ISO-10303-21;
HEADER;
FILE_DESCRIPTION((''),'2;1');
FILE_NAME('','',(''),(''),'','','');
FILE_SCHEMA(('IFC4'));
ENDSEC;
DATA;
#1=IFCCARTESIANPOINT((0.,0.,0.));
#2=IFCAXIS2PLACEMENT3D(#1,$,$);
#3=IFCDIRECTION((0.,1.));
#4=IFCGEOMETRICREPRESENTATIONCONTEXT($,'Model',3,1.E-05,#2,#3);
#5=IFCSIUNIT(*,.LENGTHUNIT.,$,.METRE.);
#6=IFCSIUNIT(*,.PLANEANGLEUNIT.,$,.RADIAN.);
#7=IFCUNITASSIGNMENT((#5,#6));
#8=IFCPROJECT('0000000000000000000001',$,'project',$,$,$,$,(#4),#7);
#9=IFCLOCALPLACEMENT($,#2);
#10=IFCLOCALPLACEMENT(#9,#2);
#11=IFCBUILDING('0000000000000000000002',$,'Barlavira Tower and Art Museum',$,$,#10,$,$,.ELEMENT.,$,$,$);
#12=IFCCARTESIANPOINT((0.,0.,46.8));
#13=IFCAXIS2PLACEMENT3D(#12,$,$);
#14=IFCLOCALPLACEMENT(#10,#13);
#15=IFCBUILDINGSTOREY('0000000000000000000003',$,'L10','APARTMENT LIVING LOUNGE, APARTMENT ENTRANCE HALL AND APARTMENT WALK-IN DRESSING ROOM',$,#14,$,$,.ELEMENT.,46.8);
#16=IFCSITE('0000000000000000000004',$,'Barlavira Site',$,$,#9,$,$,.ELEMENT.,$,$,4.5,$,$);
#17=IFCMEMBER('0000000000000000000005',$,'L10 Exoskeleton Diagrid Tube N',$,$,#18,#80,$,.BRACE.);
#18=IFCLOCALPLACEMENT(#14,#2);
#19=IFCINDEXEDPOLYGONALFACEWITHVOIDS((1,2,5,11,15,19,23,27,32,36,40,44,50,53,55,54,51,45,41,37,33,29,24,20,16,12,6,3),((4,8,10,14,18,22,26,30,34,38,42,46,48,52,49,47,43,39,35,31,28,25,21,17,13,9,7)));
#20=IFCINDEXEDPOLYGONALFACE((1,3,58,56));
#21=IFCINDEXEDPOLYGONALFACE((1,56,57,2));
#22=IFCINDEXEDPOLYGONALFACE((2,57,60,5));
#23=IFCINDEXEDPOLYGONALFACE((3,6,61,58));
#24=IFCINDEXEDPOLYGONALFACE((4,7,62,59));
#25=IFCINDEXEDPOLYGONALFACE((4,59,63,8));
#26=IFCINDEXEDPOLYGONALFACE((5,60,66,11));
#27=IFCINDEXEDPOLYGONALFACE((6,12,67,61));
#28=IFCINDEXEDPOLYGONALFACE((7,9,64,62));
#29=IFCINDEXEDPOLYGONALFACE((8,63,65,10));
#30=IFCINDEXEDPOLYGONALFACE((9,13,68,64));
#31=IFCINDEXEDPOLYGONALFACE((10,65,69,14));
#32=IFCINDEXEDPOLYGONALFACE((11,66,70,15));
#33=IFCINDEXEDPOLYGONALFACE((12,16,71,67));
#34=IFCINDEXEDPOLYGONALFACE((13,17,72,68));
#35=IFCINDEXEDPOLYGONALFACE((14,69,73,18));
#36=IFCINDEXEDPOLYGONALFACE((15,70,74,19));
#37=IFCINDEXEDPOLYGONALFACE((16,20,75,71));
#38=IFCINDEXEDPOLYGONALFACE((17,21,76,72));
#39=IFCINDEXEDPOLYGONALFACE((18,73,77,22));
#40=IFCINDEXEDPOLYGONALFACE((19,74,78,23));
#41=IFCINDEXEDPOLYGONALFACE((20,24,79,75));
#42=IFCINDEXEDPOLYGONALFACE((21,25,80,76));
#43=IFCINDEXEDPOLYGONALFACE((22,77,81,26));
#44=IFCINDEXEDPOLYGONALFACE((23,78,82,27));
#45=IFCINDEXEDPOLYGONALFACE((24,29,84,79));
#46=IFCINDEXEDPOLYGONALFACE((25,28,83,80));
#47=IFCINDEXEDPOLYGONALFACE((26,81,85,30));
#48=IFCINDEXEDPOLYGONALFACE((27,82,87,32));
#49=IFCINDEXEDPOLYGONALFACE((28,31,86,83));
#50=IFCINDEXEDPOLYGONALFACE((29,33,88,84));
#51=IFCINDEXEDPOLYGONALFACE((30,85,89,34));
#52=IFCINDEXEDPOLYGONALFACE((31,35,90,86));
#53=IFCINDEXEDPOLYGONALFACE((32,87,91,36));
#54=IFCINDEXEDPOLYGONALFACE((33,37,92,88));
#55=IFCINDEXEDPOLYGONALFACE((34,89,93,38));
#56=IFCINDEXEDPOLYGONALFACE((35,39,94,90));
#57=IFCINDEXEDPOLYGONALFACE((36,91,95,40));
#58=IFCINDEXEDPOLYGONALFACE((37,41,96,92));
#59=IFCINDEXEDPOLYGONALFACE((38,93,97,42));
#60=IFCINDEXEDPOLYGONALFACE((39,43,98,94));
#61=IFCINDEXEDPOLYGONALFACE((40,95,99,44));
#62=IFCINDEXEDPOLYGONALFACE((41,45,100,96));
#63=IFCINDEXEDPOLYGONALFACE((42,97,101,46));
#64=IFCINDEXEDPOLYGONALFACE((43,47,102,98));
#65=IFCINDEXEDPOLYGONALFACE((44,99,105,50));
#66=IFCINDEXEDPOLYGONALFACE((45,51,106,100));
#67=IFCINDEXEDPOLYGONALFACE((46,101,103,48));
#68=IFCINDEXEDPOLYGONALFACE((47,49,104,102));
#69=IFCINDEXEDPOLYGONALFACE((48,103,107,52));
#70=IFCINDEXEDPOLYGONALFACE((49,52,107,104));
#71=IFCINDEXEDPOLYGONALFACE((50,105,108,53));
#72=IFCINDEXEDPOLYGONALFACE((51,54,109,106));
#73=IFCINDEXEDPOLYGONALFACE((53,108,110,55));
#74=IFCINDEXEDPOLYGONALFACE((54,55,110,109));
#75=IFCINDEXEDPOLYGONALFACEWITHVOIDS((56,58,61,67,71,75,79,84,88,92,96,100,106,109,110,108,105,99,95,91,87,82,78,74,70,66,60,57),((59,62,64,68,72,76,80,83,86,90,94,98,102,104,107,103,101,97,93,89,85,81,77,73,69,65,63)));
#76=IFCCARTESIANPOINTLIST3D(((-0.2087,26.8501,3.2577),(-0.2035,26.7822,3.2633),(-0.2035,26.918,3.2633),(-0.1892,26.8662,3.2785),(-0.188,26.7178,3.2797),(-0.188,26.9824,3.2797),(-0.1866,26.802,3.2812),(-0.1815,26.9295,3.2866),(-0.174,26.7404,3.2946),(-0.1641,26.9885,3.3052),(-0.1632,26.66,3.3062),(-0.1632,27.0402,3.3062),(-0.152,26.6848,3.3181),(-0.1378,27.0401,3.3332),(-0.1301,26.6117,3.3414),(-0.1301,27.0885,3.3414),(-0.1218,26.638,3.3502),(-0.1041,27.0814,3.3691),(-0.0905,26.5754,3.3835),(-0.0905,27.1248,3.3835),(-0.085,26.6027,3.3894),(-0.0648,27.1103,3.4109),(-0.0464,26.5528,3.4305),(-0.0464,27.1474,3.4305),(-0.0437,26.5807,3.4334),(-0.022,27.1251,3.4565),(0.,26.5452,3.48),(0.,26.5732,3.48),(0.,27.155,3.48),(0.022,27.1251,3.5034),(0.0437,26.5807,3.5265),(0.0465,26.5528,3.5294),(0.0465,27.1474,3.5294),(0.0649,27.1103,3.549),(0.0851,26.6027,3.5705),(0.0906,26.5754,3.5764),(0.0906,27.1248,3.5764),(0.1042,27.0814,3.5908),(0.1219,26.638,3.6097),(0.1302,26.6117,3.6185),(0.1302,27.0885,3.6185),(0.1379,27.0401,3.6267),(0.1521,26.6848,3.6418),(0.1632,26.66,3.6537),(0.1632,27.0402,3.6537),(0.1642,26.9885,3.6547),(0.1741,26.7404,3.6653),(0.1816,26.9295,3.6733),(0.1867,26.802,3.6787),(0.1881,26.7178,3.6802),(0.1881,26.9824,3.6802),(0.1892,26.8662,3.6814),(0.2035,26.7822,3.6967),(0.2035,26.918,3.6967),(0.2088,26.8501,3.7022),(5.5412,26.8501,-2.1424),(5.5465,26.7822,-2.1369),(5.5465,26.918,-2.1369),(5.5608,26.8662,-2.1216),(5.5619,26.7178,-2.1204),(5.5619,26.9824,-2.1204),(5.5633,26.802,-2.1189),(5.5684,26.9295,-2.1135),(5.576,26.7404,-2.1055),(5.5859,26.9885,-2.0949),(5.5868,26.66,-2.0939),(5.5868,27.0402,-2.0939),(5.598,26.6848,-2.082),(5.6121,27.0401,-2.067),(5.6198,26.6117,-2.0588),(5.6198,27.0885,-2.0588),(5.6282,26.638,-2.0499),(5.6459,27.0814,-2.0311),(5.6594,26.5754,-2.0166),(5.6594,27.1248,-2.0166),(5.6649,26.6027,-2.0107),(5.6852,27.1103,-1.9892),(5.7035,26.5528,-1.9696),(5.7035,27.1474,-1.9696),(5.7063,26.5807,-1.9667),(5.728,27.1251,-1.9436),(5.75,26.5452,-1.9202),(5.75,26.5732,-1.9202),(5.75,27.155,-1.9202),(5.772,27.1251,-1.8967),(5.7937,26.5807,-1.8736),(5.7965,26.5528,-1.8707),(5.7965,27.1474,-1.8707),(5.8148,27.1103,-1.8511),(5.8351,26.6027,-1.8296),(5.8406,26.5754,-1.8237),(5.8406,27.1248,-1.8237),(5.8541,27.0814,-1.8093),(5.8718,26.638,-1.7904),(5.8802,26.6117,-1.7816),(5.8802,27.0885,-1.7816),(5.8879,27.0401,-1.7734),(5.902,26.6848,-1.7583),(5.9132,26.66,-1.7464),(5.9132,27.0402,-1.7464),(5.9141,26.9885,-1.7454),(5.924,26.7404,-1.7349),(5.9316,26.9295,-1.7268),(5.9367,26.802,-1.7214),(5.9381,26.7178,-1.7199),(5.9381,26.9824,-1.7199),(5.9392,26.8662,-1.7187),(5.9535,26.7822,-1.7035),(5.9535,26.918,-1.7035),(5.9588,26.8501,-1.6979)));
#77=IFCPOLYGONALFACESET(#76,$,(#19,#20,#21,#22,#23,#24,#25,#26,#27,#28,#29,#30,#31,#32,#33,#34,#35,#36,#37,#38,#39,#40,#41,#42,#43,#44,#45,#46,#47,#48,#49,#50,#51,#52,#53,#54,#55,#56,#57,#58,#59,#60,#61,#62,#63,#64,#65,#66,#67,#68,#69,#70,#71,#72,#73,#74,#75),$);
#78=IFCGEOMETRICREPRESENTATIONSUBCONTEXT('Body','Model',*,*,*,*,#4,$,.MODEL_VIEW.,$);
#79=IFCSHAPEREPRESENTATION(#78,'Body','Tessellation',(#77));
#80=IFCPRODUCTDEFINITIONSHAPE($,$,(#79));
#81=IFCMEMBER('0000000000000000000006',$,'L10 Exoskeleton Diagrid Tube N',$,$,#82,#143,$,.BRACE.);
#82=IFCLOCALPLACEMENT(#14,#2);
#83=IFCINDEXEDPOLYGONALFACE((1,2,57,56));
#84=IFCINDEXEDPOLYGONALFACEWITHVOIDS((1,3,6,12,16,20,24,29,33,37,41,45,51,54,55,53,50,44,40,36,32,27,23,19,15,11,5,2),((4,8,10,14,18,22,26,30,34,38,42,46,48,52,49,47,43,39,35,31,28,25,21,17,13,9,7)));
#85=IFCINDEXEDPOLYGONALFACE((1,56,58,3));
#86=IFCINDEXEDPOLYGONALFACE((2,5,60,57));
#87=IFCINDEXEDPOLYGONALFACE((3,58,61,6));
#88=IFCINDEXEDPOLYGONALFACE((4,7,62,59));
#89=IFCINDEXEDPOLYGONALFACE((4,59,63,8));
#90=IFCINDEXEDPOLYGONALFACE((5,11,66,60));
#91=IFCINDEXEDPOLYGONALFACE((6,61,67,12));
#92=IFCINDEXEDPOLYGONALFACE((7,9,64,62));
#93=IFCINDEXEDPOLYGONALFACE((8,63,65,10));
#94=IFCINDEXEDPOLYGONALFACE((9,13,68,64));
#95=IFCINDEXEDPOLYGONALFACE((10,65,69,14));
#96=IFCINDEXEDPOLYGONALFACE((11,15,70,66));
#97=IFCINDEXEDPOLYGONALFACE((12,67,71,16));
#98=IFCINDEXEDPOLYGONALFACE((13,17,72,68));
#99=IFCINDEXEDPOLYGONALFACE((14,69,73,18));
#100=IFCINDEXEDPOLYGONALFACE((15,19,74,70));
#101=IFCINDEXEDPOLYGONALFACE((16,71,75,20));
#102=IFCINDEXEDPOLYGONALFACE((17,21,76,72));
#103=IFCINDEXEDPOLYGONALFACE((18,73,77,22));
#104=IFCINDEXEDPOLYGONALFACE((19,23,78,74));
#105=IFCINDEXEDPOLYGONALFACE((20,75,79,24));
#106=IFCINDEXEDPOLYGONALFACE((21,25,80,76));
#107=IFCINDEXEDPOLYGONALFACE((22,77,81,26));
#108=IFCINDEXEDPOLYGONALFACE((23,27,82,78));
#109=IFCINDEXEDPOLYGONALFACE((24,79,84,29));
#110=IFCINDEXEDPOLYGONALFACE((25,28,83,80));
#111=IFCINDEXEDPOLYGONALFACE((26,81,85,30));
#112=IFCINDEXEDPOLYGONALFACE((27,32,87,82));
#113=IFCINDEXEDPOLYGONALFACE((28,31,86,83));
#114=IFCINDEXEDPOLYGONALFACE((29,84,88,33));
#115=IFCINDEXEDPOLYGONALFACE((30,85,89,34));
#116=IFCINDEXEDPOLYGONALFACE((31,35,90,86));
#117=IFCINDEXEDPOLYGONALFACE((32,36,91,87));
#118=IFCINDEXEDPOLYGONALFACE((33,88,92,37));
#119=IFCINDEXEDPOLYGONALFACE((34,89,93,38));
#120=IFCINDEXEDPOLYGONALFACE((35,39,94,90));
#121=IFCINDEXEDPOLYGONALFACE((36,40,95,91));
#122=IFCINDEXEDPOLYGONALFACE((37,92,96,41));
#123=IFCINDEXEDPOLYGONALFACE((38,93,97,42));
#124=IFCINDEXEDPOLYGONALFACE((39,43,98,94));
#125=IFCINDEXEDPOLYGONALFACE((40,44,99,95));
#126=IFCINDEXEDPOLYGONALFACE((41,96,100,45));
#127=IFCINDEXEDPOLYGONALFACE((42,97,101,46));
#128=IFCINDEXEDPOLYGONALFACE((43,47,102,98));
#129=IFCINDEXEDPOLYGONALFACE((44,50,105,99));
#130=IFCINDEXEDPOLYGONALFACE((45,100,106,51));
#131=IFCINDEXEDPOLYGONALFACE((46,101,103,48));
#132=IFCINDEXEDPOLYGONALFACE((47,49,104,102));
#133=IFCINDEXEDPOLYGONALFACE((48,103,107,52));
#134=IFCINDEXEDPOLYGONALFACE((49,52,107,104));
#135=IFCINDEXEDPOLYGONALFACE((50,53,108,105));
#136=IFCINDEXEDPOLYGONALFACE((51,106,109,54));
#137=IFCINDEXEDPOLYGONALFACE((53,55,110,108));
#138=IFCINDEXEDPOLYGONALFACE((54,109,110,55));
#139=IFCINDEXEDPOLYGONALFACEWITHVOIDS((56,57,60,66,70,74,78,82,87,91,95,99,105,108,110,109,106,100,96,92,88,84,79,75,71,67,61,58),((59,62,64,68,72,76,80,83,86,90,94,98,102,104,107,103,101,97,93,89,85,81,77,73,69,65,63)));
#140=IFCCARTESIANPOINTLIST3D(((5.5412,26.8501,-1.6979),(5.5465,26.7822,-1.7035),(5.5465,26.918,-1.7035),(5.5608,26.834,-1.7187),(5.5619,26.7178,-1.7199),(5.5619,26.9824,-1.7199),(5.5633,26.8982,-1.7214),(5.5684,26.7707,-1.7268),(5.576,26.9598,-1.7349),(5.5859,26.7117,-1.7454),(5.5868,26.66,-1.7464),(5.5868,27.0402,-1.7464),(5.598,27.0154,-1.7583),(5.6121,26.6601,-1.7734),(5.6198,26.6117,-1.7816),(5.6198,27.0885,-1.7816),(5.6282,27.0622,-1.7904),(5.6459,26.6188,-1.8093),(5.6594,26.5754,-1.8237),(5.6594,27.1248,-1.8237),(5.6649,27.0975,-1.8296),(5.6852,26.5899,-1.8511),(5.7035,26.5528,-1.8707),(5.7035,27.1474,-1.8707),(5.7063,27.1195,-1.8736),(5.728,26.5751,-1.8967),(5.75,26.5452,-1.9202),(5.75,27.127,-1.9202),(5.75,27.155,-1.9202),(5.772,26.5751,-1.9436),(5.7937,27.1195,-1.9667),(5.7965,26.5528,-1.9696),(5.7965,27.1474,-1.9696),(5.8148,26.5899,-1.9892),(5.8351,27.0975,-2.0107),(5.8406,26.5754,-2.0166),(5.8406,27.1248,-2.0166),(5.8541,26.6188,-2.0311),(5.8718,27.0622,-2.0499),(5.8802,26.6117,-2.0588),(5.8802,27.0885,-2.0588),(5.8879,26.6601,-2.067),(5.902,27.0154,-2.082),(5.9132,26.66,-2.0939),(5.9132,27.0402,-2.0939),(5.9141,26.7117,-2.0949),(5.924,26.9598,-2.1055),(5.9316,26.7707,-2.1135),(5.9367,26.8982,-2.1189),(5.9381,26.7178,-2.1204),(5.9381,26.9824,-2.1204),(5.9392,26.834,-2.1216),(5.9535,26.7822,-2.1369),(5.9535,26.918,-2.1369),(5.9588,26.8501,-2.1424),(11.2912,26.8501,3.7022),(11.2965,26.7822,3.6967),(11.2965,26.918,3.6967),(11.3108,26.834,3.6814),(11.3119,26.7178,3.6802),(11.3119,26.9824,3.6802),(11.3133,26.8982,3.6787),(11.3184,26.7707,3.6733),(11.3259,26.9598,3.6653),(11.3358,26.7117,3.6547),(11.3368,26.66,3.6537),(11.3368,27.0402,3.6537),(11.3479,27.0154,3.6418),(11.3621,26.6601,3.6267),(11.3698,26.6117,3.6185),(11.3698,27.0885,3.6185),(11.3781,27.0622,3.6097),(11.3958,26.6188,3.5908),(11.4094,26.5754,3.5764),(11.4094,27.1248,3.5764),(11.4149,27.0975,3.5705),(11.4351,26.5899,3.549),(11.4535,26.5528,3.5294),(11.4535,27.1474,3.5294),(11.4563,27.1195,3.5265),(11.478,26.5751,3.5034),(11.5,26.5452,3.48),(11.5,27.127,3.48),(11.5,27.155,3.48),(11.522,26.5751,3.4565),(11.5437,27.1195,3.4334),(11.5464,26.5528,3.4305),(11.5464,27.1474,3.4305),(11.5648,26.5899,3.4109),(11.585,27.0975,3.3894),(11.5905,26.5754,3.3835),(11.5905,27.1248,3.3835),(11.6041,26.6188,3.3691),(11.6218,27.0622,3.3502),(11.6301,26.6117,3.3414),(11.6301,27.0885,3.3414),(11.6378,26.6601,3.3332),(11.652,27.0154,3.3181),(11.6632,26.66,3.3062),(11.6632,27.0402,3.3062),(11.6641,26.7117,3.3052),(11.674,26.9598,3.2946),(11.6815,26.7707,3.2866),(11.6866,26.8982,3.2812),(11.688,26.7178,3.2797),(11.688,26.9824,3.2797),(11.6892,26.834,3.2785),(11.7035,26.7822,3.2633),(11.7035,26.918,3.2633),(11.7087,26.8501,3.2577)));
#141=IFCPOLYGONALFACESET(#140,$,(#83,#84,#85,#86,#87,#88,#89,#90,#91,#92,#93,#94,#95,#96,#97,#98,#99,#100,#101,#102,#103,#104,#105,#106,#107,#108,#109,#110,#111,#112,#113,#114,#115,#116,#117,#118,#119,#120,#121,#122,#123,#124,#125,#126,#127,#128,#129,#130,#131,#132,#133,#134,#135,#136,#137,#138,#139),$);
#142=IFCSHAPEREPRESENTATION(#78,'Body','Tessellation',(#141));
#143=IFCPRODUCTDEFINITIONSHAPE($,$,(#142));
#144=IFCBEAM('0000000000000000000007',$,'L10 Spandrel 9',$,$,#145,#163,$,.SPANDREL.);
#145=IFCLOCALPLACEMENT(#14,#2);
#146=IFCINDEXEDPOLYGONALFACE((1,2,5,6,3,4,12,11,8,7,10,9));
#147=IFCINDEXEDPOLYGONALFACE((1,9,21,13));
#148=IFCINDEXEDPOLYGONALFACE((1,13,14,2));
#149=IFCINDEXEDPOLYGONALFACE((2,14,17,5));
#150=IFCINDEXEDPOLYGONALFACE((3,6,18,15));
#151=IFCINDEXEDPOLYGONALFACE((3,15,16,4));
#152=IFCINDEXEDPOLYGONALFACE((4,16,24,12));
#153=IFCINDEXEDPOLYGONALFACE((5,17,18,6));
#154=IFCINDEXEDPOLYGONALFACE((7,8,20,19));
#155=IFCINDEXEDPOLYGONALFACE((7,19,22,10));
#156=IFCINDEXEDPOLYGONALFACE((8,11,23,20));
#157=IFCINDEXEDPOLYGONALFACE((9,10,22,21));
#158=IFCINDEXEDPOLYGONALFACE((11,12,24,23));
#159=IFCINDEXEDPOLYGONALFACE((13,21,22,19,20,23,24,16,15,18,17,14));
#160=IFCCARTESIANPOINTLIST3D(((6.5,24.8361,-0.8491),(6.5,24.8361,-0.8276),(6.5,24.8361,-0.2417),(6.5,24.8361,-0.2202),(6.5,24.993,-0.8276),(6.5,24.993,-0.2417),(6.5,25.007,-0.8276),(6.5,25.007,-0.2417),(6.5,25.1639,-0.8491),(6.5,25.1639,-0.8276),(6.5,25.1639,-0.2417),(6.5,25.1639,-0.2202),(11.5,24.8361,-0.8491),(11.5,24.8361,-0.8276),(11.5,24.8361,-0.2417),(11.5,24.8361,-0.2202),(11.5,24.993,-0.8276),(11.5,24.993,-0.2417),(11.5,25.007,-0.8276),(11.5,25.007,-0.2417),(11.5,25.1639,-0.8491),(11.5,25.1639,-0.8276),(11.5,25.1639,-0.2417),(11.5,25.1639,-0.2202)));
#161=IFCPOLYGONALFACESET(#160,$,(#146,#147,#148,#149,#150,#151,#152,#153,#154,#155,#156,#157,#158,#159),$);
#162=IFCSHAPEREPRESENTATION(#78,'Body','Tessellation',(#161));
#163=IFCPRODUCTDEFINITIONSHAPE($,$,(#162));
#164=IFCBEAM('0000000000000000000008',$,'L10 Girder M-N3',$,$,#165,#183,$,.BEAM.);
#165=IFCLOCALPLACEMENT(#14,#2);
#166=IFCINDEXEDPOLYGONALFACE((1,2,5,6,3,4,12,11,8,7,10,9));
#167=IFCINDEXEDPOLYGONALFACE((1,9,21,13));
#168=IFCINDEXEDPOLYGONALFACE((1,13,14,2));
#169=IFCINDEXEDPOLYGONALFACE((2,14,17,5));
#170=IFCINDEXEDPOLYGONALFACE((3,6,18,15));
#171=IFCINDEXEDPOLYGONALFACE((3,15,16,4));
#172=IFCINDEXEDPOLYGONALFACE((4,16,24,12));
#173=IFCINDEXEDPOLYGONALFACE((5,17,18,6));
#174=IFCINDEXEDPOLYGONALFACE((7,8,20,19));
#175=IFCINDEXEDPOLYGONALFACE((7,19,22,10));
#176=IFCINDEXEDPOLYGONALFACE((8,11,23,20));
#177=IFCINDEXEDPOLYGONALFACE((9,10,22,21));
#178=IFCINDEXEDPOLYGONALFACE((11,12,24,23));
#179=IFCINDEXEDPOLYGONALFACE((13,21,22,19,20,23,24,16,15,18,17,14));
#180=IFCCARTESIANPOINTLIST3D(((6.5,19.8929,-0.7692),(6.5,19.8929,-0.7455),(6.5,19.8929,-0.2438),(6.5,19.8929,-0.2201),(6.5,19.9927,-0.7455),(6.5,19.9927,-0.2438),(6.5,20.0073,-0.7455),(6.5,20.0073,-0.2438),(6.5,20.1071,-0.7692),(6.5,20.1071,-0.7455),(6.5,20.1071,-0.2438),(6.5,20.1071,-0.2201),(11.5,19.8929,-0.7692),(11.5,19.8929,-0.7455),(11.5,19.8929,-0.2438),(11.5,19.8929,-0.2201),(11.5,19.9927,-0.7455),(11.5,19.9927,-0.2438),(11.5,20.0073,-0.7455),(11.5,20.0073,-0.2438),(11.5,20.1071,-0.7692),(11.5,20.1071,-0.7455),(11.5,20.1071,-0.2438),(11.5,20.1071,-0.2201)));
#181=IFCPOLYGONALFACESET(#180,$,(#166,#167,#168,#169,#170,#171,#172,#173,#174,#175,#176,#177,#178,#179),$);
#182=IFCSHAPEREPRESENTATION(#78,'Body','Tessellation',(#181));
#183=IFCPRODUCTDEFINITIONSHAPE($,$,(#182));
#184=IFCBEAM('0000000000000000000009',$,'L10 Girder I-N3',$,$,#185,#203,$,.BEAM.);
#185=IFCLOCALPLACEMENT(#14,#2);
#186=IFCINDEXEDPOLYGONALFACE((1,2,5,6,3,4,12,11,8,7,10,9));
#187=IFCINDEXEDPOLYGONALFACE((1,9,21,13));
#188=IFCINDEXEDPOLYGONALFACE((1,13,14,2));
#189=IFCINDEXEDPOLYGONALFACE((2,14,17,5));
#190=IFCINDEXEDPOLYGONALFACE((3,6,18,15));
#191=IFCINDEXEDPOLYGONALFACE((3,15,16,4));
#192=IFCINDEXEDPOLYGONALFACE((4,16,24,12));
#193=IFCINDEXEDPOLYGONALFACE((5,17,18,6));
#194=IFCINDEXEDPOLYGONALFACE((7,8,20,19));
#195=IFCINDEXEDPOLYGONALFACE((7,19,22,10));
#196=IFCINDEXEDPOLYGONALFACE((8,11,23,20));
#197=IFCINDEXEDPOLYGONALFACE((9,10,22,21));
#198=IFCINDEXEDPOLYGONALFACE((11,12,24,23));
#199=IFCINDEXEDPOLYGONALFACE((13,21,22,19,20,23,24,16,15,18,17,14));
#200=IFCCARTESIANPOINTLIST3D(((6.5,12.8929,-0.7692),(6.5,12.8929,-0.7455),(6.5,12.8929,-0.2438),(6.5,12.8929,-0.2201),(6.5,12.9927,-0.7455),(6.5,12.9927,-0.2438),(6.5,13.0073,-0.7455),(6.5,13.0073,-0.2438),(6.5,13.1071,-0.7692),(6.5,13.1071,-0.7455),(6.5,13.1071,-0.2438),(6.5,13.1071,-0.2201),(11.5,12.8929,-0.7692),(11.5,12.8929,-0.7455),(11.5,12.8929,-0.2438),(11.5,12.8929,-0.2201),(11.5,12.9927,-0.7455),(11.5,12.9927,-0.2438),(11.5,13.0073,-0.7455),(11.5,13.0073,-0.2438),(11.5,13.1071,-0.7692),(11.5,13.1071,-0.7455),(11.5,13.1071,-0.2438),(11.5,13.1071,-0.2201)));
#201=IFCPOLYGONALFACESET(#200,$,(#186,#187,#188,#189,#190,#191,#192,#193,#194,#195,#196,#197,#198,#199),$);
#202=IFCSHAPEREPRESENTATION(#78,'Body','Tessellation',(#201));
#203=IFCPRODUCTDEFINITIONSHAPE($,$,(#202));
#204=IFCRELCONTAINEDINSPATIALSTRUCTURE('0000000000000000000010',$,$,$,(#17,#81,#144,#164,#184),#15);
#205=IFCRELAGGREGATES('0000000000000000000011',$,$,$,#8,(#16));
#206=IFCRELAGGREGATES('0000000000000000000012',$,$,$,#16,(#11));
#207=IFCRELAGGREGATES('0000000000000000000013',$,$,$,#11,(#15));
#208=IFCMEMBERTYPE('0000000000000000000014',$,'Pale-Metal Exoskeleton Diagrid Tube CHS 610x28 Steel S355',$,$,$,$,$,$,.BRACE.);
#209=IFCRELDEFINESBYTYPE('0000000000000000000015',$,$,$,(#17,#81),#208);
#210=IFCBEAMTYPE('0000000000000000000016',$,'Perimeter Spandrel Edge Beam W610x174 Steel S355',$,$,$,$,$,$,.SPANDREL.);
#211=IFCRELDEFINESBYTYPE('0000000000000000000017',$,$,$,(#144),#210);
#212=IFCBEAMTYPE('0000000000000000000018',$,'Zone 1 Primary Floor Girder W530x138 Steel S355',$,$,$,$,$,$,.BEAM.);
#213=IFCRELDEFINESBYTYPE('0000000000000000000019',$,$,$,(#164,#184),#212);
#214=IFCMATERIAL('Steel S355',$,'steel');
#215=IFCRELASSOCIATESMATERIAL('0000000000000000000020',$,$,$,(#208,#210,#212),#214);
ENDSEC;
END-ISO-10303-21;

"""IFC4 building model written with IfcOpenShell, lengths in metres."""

from ifc_helpers import new_model, si_unit, direction, frame, origin, origin_2d, place, context, subcontext, project, spatial, hollow_circle, i_section, extrude, material, material_profile, profile_set, type_object, element, save


model = new_model("IFC4")

# Units and contexts
model_context = context("Model", 3, precision=1e-05, world=origin(), true_north=direction((0.0, 1.0)))
body_context = subcontext(model_context, "Body", "Model", "MODEL_VIEW")
ifc_project = project(units=[si_unit("LENGTHUNIT", "METRE"), si_unit("PLANEANGLEUNIT", "RADIAN")], contexts=[model_context])

# Site, building, storey
site_placement = place(None, origin())
site = spatial("IfcSite", under=ifc_project, at=site_placement, Name="Barlavira Site", CompositionType="ELEMENT", RefElevation=4.5)
building_placement = place(site_placement, origin())
building = spatial("IfcBuilding", under=site, at=building_placement, Name="Barlavira Tower and Art Museum", CompositionType="ELEMENT")
storey_placement = place(building_placement, frame((0.0, 0.0, 46.8)))
storey = spatial("IfcBuildingStorey", under=building, at=storey_placement, Name="L10", Description="APARTMENT LIVING LOUNGE, APARTMENT ENTRANCE HALL AND APARTMENT WALK-IN DRESSING ROOM", CompositionType="ELEMENT", Elevation=46.8)

# Members
ifc_material_1 = material(Name="Steel S355", Category="steel")
ifc_material_profile_1 = material_profile(ifc_material_1, hollow_circle(Radius=0.3049, WallThickness=0.0281, at=origin_2d()), Name="CHS 610.0x28.0")
ifc_profile_set_1 = profile_set([ifc_material_profile_1], Name="Steel S355")
member_type_1 = type_object("IfcMemberType", Name="Pale-Metal Exoskeleton Diagrid Tube CHS 610x28 Steel S355", PredefinedType="BRACE", material=ifc_profile_set_1)
for number, where, z_axis, x_axis, name in (
    (1, (5.75, 26.8501, -1.9202), (-0.728935, 0.0, 0.684583), (0.0, -1.0, 0.0), "L10 Exoskeleton Diagrid Tube N"),
    (2, (5.75, 26.8501, -1.9202), (0.728935, 0.0, 0.684583), (0.0, 1.0, 0.0), "L10 Exoskeleton Diagrid Tube N"),
):
    element("IfcMember", number, at=place(storey_placement, frame(where, z_axis=z_axis, x_axis=x_axis)), inside=storey, type_object=member_type_1, Name=name, PredefinedType="BRACE", context=body_context, shape_type="SweptSolid", body=[
        extrude(hollow_circle(Radius=0.3049, WallThickness=0.0281, at=origin_2d()), origin(), (0.0, 0.0, 1.0), 7.8882),
    ])

# Beams
ifc_material_profile_2 = material_profile(ifc_material_1, i_section(OverallWidth=0.3279, OverallDepth=0.6289, WebThickness=0.0139, FlangeThickness=0.0215, at=origin_2d()), Name="W610x174.0")
ifc_profile_set_2 = profile_set([ifc_material_profile_2], Name="Steel S355")
beam_type_1 = type_object("IfcBeamType", Name="Perimeter Spandrel Edge Beam W610x174 Steel S355", PredefinedType="SPANDREL", material=ifc_profile_set_2)
beam_placement = place(storey_placement, frame((6.5, 25.0, -0.5347), z_axis=(1.0, 0.0, 0.0), x_axis=(0.0, 1.0, 0.0)))
element("IfcBeam", 3, at=beam_placement, inside=storey, type_object=beam_type_1, Name="L10 Spandrel 9", PredefinedType="SPANDREL", context=body_context, shape_type="SweptSolid", body=[
    extrude(i_section(OverallWidth=0.3279, OverallDepth=0.6289, WebThickness=0.0139, FlangeThickness=0.0215, at=origin_2d()), origin(), (0.0, 0.0, 1.0), 5.0),
])
ifc_material_profile_3 = material_profile(ifc_material_1, i_section(OverallWidth=0.2141, OverallDepth=0.5491, WebThickness=0.0146, FlangeThickness=0.0237, at=origin_2d()), Name="W530x138.0")
ifc_profile_set_3 = profile_set([ifc_material_profile_3], Name="Steel S355")
beam_type_2 = type_object("IfcBeamType", Name="Zone 1 Primary Floor Girder W530x138 Steel S355", PredefinedType="BEAM", material=ifc_profile_set_3)
for number, where, z_axis, x_axis, name in (
    (4, (6.5, 20.0, -0.4946), (1.0, 0.0, 0.0), (0.0, 1.0, 0.0), "L10 Girder M-N3"),
    (5, (6.5, 13.0, -0.4946), (1.0, 0.0, 0.0), (0.0, 1.0, 0.0), "L10 Girder I-N3"),
):
    element("IfcBeam", number, at=place(storey_placement, frame(where, z_axis=z_axis, x_axis=x_axis)), inside=storey, type_object=beam_type_2, Name=name, PredefinedType="BEAM", context=body_context, shape_type="SweptSolid", body=[
        extrude(i_section(OverallWidth=0.2141, OverallDepth=0.5491, WebThickness=0.0146, FlangeThickness=0.0237, at=origin_2d()), origin(), (0.0, 0.0, 1.0), 5.0),
    ])

save(model, "model.ifc")
